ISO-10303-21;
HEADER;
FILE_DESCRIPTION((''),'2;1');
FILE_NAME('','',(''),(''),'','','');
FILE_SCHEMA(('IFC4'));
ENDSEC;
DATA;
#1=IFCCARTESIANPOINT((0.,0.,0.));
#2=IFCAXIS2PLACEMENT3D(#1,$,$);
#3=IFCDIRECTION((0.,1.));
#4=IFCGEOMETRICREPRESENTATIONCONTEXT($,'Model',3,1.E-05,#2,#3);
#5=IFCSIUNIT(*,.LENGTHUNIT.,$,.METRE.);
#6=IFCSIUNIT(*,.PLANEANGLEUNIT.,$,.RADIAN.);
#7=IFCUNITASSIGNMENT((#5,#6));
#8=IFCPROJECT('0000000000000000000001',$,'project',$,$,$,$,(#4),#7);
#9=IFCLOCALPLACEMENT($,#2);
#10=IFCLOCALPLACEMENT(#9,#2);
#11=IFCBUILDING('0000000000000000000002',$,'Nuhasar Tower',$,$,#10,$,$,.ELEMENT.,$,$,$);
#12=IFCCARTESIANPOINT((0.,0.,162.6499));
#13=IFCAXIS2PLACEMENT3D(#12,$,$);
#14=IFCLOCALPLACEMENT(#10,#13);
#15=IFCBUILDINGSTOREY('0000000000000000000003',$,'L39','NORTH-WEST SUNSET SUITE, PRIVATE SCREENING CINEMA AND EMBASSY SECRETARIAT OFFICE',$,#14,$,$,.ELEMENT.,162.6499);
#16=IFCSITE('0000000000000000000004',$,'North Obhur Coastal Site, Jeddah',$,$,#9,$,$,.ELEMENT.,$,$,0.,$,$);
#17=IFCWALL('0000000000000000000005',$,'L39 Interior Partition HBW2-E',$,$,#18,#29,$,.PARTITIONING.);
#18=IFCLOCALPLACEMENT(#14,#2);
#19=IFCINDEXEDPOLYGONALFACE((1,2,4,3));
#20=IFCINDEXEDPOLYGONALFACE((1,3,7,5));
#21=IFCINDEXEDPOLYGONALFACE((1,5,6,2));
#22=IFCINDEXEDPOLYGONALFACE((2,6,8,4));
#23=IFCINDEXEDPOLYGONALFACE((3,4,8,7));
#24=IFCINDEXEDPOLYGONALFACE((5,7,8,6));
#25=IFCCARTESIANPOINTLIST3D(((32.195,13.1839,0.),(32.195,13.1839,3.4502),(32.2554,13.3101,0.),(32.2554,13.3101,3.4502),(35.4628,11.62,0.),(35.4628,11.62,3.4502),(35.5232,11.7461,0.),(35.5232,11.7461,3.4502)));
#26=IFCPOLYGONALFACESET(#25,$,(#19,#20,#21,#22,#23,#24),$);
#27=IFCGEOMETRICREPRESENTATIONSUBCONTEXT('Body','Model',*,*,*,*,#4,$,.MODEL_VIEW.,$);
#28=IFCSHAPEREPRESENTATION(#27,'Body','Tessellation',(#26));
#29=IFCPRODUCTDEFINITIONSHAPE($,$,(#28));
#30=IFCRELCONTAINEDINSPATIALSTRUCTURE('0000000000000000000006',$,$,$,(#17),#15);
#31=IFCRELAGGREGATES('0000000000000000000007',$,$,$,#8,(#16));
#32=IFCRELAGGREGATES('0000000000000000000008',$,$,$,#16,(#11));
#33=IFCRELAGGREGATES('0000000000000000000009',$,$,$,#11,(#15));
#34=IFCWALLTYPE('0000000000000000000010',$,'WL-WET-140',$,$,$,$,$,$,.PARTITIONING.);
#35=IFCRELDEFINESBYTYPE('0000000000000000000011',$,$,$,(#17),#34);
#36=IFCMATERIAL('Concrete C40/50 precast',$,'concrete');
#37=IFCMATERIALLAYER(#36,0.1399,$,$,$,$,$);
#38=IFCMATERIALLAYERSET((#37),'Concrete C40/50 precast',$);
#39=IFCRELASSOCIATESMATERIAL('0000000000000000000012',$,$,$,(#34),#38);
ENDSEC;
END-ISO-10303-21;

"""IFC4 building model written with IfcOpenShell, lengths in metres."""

from ifc_helpers import new_model, si_unit, direction, frame, frame_2d, origin, place, context, subcontext, project, spatial, rectangle, extrude, material, layer, layer_set, type_object, element, save


model = new_model("IFC4")

# Units and contexts
model_context = context("Model", 3, precision=1e-05, world=origin(), true_north=direction((0.0, 1.0)))
body_context = subcontext(model_context, "Body", "Model", "MODEL_VIEW")
ifc_project = project(units=[si_unit("LENGTHUNIT", "METRE"), si_unit("PLANEANGLEUNIT", "RADIAN")], contexts=[model_context])

# Site, building, storey
site_placement = place(None, origin())
site = spatial("IfcSite", under=ifc_project, at=site_placement, Name="North Obhur Coastal Site, Jeddah", CompositionType="ELEMENT", RefElevation=0.0)
building_placement = place(site_placement, origin())
building = spatial("IfcBuilding", under=site, at=building_placement, Name="Nuhasar Tower", CompositionType="ELEMENT")
storey_placement = place(building_placement, frame((0.0, 0.0, 162.6499)))
storey = spatial("IfcBuildingStorey", under=building, at=storey_placement, Name="L39", Description="NORTH-WEST SUNSET SUITE, PRIVATE SCREENING CINEMA AND EMBASSY SECRETARIAT OFFICE", CompositionType="ELEMENT", Elevation=162.6499)

# Shared definitions
ifc_material_1 = material(Name="Concrete C40/50 precast", Category="concrete")
ifc_layer_1 = layer(ifc_material_1, 0.1399)
ifc_layer_set_1 = layer_set([ifc_layer_1], Name="Concrete C40/50 precast")
wall_type_1 = type_object("IfcWallType", Name="WL-WET-140", PredefinedType="PARTITIONING", material=ifc_layer_set_1)

# Wall
wall_1_placement = place(storey_placement, frame((32.2251, 13.2471, 0.0), z_axis=(0.0, 0.0, 1.0), x_axis=(0.902017, -0.431701, 0.0)))
element("IfcWall", 1, at=wall_1_placement, inside=storey, type_object=wall_type_1, Name="L39 Interior Partition HBW2-E", PredefinedType="PARTITIONING", context=body_context, shape_type="SweptSolid", body=[
    extrude(rectangle(XDim=3.6228, YDim=0.1399, at=frame_2d((1.8115, 0.0))), origin(), (0.0, 0.0, 1.0), 3.4502),
])

save(model, "model.ifc")
